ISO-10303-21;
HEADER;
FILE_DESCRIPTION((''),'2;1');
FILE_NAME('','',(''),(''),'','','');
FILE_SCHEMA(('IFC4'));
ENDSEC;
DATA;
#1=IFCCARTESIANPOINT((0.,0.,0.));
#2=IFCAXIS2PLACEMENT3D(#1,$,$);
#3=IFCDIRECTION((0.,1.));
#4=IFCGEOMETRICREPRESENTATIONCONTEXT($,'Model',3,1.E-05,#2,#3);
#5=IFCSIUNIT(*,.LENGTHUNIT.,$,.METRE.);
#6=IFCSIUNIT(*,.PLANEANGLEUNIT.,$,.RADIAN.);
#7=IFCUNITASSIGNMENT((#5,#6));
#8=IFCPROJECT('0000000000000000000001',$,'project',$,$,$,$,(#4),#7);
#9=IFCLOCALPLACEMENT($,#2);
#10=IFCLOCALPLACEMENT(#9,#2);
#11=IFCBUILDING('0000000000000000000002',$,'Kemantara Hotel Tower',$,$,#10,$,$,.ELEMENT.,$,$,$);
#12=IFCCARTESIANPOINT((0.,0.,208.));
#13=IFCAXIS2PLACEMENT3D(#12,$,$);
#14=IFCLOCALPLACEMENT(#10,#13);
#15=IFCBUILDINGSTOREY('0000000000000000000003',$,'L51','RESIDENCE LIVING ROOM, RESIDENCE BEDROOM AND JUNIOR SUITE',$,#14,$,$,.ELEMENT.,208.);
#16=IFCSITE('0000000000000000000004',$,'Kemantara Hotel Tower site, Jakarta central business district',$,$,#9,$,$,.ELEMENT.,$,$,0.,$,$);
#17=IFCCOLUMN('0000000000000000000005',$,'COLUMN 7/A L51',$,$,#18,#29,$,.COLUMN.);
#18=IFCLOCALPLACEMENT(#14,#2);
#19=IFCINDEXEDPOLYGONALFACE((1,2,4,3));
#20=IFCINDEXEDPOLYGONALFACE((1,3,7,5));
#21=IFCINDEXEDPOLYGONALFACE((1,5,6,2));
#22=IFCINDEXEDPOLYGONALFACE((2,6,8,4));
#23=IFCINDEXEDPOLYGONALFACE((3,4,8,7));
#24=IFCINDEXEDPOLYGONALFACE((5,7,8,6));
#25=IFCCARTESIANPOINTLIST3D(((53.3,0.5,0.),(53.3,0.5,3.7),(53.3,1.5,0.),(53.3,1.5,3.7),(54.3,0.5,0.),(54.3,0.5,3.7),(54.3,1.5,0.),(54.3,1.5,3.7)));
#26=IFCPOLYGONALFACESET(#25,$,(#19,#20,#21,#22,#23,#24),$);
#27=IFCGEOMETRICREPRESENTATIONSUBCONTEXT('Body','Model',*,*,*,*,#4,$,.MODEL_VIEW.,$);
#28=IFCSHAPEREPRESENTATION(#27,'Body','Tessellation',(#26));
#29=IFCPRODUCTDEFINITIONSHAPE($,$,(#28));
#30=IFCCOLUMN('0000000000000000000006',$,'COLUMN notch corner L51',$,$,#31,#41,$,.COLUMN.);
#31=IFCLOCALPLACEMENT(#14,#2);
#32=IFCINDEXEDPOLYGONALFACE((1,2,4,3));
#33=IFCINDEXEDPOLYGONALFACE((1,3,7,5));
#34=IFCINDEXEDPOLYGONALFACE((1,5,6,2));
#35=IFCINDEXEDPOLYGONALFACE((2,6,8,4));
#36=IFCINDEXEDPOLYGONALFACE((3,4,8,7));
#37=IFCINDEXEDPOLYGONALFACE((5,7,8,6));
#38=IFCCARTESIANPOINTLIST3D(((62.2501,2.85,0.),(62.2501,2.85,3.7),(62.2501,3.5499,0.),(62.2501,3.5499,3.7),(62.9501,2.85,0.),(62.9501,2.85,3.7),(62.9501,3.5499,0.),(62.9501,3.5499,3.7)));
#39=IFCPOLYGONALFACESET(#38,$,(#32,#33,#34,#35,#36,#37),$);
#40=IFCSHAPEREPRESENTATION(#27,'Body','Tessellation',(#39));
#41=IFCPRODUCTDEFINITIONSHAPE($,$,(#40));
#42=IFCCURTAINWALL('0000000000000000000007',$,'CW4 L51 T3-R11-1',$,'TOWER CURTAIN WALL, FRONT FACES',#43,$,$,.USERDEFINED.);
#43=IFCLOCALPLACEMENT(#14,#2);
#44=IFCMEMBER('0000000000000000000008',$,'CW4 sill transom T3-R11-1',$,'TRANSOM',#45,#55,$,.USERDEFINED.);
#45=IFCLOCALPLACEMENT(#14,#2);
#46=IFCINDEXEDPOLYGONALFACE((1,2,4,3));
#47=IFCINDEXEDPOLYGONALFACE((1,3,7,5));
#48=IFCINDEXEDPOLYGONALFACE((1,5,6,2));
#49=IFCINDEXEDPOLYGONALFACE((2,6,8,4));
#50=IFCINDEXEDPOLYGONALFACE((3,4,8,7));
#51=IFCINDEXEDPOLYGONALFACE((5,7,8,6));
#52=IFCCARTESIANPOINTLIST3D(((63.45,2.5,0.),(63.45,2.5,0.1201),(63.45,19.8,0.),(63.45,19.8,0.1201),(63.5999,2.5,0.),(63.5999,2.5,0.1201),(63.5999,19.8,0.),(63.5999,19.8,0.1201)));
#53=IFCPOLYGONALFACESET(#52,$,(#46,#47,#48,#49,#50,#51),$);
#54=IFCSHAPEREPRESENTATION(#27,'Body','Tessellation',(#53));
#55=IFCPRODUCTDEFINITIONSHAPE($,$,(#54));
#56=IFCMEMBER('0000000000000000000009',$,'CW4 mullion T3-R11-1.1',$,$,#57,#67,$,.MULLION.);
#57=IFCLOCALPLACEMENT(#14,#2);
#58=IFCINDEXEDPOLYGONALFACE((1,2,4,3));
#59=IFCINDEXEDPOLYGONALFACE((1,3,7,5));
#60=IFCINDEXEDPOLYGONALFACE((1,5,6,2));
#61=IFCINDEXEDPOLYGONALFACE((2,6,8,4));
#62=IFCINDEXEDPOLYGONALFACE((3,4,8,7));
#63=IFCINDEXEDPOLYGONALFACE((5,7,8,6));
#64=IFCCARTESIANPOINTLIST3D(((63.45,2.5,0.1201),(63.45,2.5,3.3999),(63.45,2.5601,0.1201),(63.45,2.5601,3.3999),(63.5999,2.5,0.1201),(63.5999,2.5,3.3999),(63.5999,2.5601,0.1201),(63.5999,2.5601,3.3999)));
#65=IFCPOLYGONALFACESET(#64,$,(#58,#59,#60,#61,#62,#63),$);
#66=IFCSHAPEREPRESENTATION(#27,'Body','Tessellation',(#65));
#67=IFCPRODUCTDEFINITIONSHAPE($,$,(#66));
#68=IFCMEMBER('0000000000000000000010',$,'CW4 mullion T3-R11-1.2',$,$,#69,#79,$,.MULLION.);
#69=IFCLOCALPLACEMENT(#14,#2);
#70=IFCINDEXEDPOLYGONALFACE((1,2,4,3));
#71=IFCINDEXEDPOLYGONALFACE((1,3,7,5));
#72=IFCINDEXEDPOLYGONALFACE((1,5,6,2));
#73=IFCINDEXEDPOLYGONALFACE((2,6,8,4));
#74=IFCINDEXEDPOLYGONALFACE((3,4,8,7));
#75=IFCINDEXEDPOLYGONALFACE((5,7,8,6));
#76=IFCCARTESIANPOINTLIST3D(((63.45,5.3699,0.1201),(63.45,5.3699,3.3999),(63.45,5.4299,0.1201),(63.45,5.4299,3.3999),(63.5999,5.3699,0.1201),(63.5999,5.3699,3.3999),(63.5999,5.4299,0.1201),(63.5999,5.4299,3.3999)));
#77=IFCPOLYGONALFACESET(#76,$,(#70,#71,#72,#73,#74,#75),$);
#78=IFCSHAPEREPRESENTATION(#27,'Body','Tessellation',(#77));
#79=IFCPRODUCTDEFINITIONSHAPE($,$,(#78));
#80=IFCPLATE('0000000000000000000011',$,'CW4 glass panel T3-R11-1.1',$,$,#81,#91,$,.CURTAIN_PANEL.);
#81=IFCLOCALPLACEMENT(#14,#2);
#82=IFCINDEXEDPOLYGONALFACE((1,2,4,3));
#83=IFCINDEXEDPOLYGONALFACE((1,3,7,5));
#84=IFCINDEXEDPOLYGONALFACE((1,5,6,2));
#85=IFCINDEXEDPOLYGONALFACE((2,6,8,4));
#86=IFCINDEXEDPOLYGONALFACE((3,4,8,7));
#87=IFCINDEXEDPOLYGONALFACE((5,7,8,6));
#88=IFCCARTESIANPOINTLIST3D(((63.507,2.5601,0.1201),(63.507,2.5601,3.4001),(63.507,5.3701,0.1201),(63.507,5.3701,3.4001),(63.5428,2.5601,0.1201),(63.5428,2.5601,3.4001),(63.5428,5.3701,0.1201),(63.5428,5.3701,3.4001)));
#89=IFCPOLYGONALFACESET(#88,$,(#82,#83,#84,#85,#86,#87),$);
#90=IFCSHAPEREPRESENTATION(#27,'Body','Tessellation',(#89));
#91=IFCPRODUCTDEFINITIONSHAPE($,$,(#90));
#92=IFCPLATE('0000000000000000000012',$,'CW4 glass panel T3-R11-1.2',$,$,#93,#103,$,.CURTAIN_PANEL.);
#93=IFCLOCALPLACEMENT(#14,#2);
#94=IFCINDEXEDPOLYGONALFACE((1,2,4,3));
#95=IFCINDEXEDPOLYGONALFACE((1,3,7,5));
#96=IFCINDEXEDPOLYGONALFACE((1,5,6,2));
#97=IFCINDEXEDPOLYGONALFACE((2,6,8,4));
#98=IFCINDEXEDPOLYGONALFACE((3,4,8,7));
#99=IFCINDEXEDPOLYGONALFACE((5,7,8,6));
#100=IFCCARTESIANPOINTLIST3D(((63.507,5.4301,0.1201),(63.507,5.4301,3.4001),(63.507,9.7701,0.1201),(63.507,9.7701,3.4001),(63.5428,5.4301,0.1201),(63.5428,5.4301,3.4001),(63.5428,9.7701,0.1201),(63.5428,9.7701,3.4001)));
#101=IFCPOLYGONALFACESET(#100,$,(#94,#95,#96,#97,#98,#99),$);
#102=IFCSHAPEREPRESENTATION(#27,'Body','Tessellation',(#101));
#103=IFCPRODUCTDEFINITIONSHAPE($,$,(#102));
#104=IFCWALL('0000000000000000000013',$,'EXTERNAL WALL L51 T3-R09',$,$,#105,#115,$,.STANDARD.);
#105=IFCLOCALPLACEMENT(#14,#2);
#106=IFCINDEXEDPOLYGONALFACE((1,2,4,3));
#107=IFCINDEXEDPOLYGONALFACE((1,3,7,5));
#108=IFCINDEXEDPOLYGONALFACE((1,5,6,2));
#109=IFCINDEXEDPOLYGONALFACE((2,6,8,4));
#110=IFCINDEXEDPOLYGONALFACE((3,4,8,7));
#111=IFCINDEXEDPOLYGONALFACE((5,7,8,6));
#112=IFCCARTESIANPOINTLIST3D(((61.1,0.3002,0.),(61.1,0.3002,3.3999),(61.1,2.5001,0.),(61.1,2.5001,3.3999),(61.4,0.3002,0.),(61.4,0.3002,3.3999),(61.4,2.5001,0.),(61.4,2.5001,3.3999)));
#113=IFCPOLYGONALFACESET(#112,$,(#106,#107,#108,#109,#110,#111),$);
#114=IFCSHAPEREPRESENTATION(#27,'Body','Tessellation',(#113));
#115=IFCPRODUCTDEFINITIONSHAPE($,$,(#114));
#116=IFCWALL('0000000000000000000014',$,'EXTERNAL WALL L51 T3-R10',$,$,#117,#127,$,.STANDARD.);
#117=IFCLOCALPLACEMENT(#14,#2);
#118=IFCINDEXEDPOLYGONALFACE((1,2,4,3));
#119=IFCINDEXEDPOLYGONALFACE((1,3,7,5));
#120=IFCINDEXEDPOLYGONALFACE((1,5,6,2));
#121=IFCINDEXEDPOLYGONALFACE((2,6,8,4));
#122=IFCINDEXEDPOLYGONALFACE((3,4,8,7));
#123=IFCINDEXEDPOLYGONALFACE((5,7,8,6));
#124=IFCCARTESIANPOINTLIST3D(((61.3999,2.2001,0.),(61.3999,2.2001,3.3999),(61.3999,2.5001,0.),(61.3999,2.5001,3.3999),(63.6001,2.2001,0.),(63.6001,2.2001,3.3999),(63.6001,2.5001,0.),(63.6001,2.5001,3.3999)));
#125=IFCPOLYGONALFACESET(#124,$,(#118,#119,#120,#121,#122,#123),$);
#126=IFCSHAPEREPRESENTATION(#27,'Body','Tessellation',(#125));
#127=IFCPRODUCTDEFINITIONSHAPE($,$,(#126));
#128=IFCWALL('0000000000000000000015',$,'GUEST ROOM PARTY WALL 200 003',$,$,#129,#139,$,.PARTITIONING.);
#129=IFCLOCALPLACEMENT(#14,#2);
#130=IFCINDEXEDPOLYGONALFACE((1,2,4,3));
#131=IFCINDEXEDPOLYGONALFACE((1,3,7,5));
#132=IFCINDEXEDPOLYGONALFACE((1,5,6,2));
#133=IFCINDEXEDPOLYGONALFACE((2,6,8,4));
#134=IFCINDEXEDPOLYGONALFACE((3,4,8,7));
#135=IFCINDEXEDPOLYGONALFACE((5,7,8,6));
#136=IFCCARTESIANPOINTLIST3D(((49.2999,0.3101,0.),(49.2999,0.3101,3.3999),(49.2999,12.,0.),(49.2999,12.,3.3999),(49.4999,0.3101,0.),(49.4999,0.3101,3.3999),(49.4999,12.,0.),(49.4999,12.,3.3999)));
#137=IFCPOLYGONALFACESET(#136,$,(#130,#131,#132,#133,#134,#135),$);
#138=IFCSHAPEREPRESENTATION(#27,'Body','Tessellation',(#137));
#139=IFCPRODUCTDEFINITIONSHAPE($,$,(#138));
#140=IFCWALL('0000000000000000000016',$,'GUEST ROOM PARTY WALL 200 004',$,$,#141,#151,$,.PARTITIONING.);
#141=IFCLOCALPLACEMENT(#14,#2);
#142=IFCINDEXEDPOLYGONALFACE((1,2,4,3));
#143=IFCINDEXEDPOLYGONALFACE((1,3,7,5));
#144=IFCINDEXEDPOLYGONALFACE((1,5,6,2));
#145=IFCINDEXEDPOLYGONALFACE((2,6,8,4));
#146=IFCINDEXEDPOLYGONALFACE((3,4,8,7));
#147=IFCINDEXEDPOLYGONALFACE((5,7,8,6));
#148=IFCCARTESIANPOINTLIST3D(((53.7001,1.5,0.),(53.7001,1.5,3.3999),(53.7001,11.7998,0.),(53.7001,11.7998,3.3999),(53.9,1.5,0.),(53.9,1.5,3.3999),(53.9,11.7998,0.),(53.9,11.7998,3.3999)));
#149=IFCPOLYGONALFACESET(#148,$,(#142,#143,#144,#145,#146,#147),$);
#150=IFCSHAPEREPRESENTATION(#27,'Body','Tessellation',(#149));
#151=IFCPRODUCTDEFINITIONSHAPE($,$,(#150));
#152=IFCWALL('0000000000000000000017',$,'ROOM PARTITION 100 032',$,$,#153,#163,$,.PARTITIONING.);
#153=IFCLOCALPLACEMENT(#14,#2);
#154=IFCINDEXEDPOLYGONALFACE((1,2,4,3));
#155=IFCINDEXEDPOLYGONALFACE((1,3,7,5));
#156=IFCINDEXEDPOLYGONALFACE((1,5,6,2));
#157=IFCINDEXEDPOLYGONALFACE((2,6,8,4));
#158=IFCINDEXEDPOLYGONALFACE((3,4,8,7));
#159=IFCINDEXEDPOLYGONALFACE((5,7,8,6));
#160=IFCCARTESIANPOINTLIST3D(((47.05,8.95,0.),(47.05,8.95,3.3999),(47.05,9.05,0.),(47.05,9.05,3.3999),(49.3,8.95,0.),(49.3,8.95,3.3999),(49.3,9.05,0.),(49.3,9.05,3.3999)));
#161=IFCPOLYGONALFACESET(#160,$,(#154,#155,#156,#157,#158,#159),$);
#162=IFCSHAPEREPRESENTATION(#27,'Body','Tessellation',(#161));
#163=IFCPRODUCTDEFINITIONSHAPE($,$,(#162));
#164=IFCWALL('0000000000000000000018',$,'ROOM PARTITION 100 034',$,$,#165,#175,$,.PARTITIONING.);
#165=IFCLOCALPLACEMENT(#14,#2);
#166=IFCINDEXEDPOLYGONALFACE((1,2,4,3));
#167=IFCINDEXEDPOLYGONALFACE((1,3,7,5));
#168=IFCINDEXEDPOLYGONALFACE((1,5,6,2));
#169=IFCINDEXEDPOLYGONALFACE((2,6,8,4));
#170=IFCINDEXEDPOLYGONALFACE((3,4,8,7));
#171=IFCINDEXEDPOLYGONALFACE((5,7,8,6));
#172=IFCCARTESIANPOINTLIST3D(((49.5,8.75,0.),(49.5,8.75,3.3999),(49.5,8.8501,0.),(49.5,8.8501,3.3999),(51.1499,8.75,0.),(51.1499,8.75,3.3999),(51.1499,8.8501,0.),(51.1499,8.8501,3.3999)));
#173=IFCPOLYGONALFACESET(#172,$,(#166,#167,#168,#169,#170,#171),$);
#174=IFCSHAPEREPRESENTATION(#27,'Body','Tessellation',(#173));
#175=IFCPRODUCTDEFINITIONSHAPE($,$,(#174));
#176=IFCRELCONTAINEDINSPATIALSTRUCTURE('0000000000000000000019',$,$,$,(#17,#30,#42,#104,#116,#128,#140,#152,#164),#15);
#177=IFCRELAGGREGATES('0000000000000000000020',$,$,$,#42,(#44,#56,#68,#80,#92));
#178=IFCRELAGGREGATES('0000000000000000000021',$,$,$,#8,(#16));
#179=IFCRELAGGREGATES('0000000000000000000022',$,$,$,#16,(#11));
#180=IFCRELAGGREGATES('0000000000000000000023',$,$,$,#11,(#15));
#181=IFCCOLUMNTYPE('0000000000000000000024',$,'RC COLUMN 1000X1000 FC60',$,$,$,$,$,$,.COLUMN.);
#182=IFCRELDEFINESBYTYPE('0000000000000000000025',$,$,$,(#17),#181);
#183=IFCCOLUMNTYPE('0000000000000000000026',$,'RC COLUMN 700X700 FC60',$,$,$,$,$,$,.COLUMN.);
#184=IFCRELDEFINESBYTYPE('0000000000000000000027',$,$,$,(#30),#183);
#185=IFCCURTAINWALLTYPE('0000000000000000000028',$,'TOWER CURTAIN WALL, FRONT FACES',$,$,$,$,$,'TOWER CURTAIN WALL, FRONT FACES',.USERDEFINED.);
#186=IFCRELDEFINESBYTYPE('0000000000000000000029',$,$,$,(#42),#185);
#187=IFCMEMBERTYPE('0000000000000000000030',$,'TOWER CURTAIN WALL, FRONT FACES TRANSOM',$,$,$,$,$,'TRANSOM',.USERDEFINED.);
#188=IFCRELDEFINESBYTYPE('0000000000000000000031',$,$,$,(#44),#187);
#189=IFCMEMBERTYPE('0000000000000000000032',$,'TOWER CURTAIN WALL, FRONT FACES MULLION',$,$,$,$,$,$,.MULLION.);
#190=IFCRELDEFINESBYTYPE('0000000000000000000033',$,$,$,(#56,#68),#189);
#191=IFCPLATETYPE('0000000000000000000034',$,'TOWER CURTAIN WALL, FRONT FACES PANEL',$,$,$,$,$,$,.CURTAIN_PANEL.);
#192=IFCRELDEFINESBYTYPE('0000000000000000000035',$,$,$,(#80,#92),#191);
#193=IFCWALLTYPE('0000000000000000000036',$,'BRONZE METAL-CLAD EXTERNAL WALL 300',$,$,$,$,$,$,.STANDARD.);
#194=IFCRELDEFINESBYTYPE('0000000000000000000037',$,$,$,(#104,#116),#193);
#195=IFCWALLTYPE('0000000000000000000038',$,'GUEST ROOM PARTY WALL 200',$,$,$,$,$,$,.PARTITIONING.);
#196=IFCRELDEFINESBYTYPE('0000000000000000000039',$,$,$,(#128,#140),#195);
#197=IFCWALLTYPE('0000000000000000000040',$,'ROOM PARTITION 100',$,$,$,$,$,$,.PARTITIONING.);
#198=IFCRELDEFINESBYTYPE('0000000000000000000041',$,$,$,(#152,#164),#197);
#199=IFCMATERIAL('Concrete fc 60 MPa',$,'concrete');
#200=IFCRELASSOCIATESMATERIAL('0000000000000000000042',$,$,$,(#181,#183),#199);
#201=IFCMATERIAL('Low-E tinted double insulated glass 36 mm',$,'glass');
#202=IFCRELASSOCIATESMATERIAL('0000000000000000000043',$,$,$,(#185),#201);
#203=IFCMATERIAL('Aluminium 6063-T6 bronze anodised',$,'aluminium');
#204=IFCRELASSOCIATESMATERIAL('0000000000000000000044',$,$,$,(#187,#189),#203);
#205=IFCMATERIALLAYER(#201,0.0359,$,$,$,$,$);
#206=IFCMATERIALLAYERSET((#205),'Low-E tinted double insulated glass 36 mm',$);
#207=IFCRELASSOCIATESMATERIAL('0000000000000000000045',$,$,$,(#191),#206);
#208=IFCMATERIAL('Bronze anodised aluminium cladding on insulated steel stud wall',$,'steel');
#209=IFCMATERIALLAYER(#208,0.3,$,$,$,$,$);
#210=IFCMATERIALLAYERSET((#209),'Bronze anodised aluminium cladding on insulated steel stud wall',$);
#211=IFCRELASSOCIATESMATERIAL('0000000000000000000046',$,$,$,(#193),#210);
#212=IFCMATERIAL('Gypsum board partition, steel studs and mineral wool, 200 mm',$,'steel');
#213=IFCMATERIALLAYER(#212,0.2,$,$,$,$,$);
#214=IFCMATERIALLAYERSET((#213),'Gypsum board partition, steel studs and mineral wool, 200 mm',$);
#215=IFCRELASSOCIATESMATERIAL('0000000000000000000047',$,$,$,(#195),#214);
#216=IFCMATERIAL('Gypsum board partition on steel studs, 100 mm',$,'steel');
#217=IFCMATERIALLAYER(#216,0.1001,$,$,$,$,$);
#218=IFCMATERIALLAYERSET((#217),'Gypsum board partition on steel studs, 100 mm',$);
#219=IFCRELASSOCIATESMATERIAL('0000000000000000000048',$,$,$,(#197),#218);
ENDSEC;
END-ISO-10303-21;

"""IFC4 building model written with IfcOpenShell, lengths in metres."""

from ifc_helpers import new_model, si_unit, direction, frame, frame_2d, origin, origin_2d, place, context, subcontext, project, spatial, rectangle, extrude, source, transform, mapped, material, layer, layer_set, material_profile, profile_set, type_object, element, aggregate, save


model = new_model("IFC4")

# Units and contexts
model_context = context("Model", 3, precision=1e-05, world=origin(), true_north=direction((0.0, 1.0)))
body_context = subcontext(model_context, "Body", "Model", "MODEL_VIEW")
ifc_project = project(units=[si_unit("LENGTHUNIT", "METRE"), si_unit("PLANEANGLEUNIT", "RADIAN")], contexts=[model_context])

# Site, building, storey
site_placement = place(None, origin())
site = spatial("IfcSite", under=ifc_project, at=site_placement, Name="Kemantara Hotel Tower site, Jakarta central business district", CompositionType="ELEMENT", RefElevation=0.0)
building_placement = place(site_placement, origin())
building = spatial("IfcBuilding", under=site, at=building_placement, Name="Kemantara Hotel Tower", CompositionType="ELEMENT")
storey_placement = place(building_placement, frame((0.0, 0.0, 208.0)))
storey = spatial("IfcBuildingStorey", under=building, at=storey_placement, Name="L51", Description="RESIDENCE LIVING ROOM, RESIDENCE BEDROOM AND JUNIOR SUITE", CompositionType="ELEMENT", Elevation=208.0)

# Columns
ifc_material_1 = material(Name="Concrete fc 60 MPa", Category="concrete")
ifc_material_profile_1 = material_profile(ifc_material_1, rectangle(XDim=1.0, YDim=1.0, at=origin_2d()), Name="RC 1000X1000")
ifc_profile_set_1 = profile_set([ifc_material_profile_1], Name="Concrete fc 60 MPa")
column_type_1 = type_object("IfcColumnType", Name="RC COLUMN 1000X1000 FC60", PredefinedType="COLUMN", material=ifc_profile_set_1)
column_1_placement = place(storey_placement, frame((53.8, 1.0, 0.0), z_axis=(0.0, 0.0, 1.0), x_axis=(1.0, 0.0, 0.0)))
element("IfcColumn", 1, at=column_1_placement, inside=storey, type_object=column_type_1, Name="COLUMN 7/A L51", PredefinedType="COLUMN", context=body_context, shape_type="SweptSolid", body=[
    extrude(rectangle(XDim=1.0, YDim=1.0, at=origin_2d()), origin(), (0.0, 0.0, 1.0), 3.7),
])
ifc_material_profile_2 = material_profile(ifc_material_1, rectangle(XDim=0.7, YDim=0.7, at=origin_2d()), Name="RC 700X700")
ifc_profile_set_2 = profile_set([ifc_material_profile_2], Name="Concrete fc 60 MPa")
column_type_2 = type_object("IfcColumnType", Name="RC COLUMN 700X700 FC60", PredefinedType="COLUMN", material=ifc_profile_set_2)
column_2_placement = place(storey_placement, frame((62.6001, 3.2, 0.0), z_axis=(0.0, 0.0, 1.0), x_axis=(1.0, 0.0, 0.0)))
element("IfcColumn", 2, at=column_2_placement, inside=storey, type_object=column_type_2, Name="COLUMN notch corner L51", PredefinedType="COLUMN", context=body_context, shape_type="SweptSolid", body=[
    extrude(rectangle(XDim=0.7, YDim=0.7, at=origin_2d()), origin(), (0.0, 0.0, 1.0), 3.7),
])

# Curtain wall, members, plates
ifc_material_2 = material(Name="Low-E tinted double insulated glass 36 mm", Category="glass")
curtain_wall_type = type_object("IfcCurtainWallType", Name="TOWER CURTAIN WALL, FRONT FACES", ElementType="TOWER CURTAIN WALL, FRONT FACES", PredefinedType="USERDEFINED", material=ifc_material_2)
curtain_wall_placement = place(storey_placement, origin())
curtain_wall = element("IfcCurtainWall", 3, at=curtain_wall_placement, inside=storey, type_object=curtain_wall_type, Name="CW4 L51 T3-R11-1", ObjectType="TOWER CURTAIN WALL, FRONT FACES", PredefinedType="USERDEFINED")
ifc_material_3 = material(Name="Aluminium 6063-T6 bronze anodised", Category="aluminium")
ifc_material_profile_3 = material_profile(ifc_material_3, rectangle(XDim=0.1499, YDim=0.1201, at=origin_2d()), Name="TOWER CURTAIN WALL, FRONT FACES TRANSOM")
ifc_profile_set_3 = profile_set([ifc_material_profile_3], Name="Aluminium 6063-T6 bronze anodised")
member_type_1 = type_object("IfcMemberType", Name="TOWER CURTAIN WALL, FRONT FACES TRANSOM", ElementType="TRANSOM", PredefinedType="USERDEFINED", material=ifc_profile_set_3)
member_1_placement = place(storey_placement, frame((63.5249, 2.5, 0.0601), z_axis=(0.0, 1.0, 0.0), x_axis=(-1.0, 0.0, 0.0)))
member_1 = element("IfcMember", 4, at=member_1_placement, type_object=member_type_1, Name="CW4 sill transom T3-R11-1", ObjectType="TRANSOM", PredefinedType="USERDEFINED", context=body_context, shape_type="SweptSolid", body=[
    extrude(rectangle(XDim=0.1499, YDim=0.1201, at=origin_2d()), origin(), (0.0, 0.0, 1.0), 17.3),
])
ifc_material_profile_4 = material_profile(ifc_material_3, rectangle(XDim=0.1499, YDim=0.0601, at=origin_2d()), Name="TOWER CURTAIN WALL, FRONT FACES MULLION")
ifc_profile_set_4 = profile_set([ifc_material_profile_4], Name="Aluminium 6063-T6 bronze anodised")
member_type_2 = type_object("IfcMemberType", Name="TOWER CURTAIN WALL, FRONT FACES MULLION", PredefinedType="MULLION", material=ifc_profile_set_4)
shared_shape_1 = source(origin(), body_context, "Body", "SweptSolid", [
    extrude(rectangle(XDim=0.1499, YDim=0.0601, at=origin_2d()), origin(), (0.0, 0.0, 1.0), 3.2798),
])
member_2_placement = place(storey_placement, frame((63.5249, 2.53, 0.1201), z_axis=(0.0, 0.0, 1.0), x_axis=(-1.0, 0.0, 0.0)))
member_2 = element("IfcMember", 5, at=member_2_placement, type_object=member_type_2, Name="CW4 mullion T3-R11-1.1", PredefinedType="MULLION", context=body_context, shape_type="MappedRepresentation", body=[
    mapped(shared_shape_1, transform((0.0, 0.0, 0.0))),
])
member_3_placement = place(storey_placement, frame((63.5249, 5.3999, 0.1201), z_axis=(0.0, 0.0, 1.0), x_axis=(-1.0, 0.0, 0.0)))
member_3 = element("IfcMember", 6, at=member_3_placement, type_object=member_type_2, Name="CW4 mullion T3-R11-1.2", PredefinedType="MULLION", context=body_context, shape_type="MappedRepresentation", body=[
    mapped(shared_shape_1, transform((0.0, 0.0, 0.0))),
])
ifc_layer_1 = layer(ifc_material_2, 0.0359)
ifc_layer_set_1 = layer_set([ifc_layer_1], Name="Low-E tinted double insulated glass 36 mm")
plate_type = type_object("IfcPlateType", Name="TOWER CURTAIN WALL, FRONT FACES PANEL", PredefinedType="CURTAIN_PANEL", material=ifc_layer_set_1)
shared_shape_2 = source(origin(), body_context, "Body", "SweptSolid", [
    extrude(rectangle(XDim=2.8101, YDim=0.0359, at=origin_2d()), origin(), (0.0, 0.0, 1.0), 3.28),
])
plate_1_placement = place(storey_placement, frame((63.5249, 3.9651, 0.1201), z_axis=(0.0, 0.0, 1.0), x_axis=(0.0, 1.0, 0.0)))
plate_1 = element("IfcPlate", 7, at=plate_1_placement, type_object=plate_type, Name="CW4 glass panel T3-R11-1.1", PredefinedType="CURTAIN_PANEL", context=body_context, shape_type="MappedRepresentation", body=[
    mapped(shared_shape_2, transform((0.0, 0.0, 0.0))),
])
shared_shape_3 = source(origin(), body_context, "Body", "SweptSolid", [
    extrude(rectangle(XDim=4.3401, YDim=0.0359, at=origin_2d()), origin(), (0.0, 0.0, 1.0), 3.28),
])
plate_2_placement = place(storey_placement, frame((63.5249, 7.6001, 0.1201), z_axis=(0.0, 0.0, 1.0), x_axis=(0.0, 1.0, 0.0)))
plate_2 = element("IfcPlate", 8, at=plate_2_placement, type_object=plate_type, Name="CW4 glass panel T3-R11-1.2", PredefinedType="CURTAIN_PANEL", context=body_context, shape_type="MappedRepresentation", body=[
    mapped(shared_shape_3, transform((0.0, 0.0, 0.0))),
])
aggregate(curtain_wall, [member_1, member_2, member_3, plate_1, plate_2])

# Walls
ifc_material_4 = material(Name="Bronze anodised aluminium cladding on insulated steel stud wall", Category="steel")
ifc_layer_2 = layer(ifc_material_4, 0.3)
ifc_layer_set_2 = layer_set([ifc_layer_2], Name="Bronze anodised aluminium cladding on insulated steel stud wall")
wall_type_1 = type_object("IfcWallType", Name="BRONZE METAL-CLAD EXTERNAL WALL 300", PredefinedType="STANDARD", material=ifc_layer_set_2)
wall_1_placement = place(storey_placement, frame((61.25, 0.3, 0.0), z_axis=(0.0, 0.0, 1.0), x_axis=(0.0, 1.0, 0.0)))
element("IfcWall", 9, at=wall_1_placement, inside=storey, type_object=wall_type_1, Name="EXTERNAL WALL L51 T3-R09", PredefinedType="STANDARD", context=body_context, shape_type="SweptSolid", body=[
    extrude(rectangle(XDim=2.2, YDim=0.3, at=frame_2d((1.1001, 0.0))), origin(), (0.0, 0.0, 1.0), 3.3999),
])
wall_2_placement = place(storey_placement, frame((61.3999, 2.3501, 0.0), z_axis=(0.0, 0.0, 1.0), x_axis=(1.0, 0.0, 0.0)))
element("IfcWall", 10, at=wall_2_placement, inside=storey, type_object=wall_type_1, Name="EXTERNAL WALL L51 T3-R10", PredefinedType="STANDARD", context=body_context, shape_type="SweptSolid", body=[
    extrude(rectangle(XDim=2.2002, YDim=0.3, at=frame_2d((1.1001, 0.0))), origin(), (0.0, 0.0, 1.0), 3.3999),
])
ifc_material_5 = material(Name="Gypsum board partition, steel studs and mineral wool, 200 mm", Category="steel")
ifc_layer_3 = layer(ifc_material_5, 0.2)
ifc_layer_set_3 = layer_set([ifc_layer_3], Name="Gypsum board partition, steel studs and mineral wool, 200 mm")
wall_type_2 = type_object("IfcWallType", Name="GUEST ROOM PARTY WALL 200", PredefinedType="PARTITIONING", material=ifc_layer_set_3)
wall_3_placement = place(storey_placement, frame((49.3999, 0.3101, 0.0), z_axis=(0.0, 0.0, 1.0), x_axis=(0.0, 1.0, 0.0)))
element("IfcWall", 11, at=wall_3_placement, inside=storey, type_object=wall_type_2, Name="GUEST ROOM PARTY WALL 200 003", PredefinedType="PARTITIONING", context=body_context, shape_type="SweptSolid", body=[
    extrude(rectangle(XDim=11.6899, YDim=0.2, at=frame_2d((5.845, 0.0))), origin(), (0.0, 0.0, 1.0), 3.3999),
])
wall_4_placement = place(storey_placement, frame((53.8, 1.5, 0.0), z_axis=(0.0, 0.0, 1.0), x_axis=(0.0, 1.0, 0.0)))
element("IfcWall", 12, at=wall_4_placement, inside=storey, type_object=wall_type_2, Name="GUEST ROOM PARTY WALL 200 004", PredefinedType="PARTITIONING", context=body_context, shape_type="SweptSolid", body=[
    extrude(rectangle(XDim=10.2998, YDim=0.2, at=frame_2d((5.1499, 0.0))), origin(), (0.0, 0.0, 1.0), 3.3999),
])
ifc_material_6 = material(Name="Gypsum board partition on steel studs, 100 mm", Category="steel")
ifc_layer_4 = layer(ifc_material_6, 0.1001)
ifc_layer_set_4 = layer_set([ifc_layer_4], Name="Gypsum board partition on steel studs, 100 mm")
wall_type_3 = type_object("IfcWallType", Name="ROOM PARTITION 100", PredefinedType="PARTITIONING", material=ifc_layer_set_4)
wall_5_placement = place(storey_placement, frame((47.05, 9.0, 0.0), z_axis=(0.0, 0.0, 1.0), x_axis=(1.0, 0.0, 0.0)))
element("IfcWall", 13, at=wall_5_placement, inside=storey, type_object=wall_type_3, Name="ROOM PARTITION 100 032", PredefinedType="PARTITIONING", context=body_context, shape_type="SweptSolid", body=[
    extrude(rectangle(XDim=2.25, YDim=0.1001, at=frame_2d((1.125, 0.0))), origin(), (0.0, 0.0, 1.0), 3.3999),
])
wall_6_placement = place(storey_placement, frame((49.5, 8.8, 0.0), z_axis=(0.0, 0.0, 1.0), x_axis=(1.0, 0.0, 0.0)))
element("IfcWall", 14, at=wall_6_placement, inside=storey, type_object=wall_type_3, Name="ROOM PARTITION 100 034", PredefinedType="PARTITIONING", context=body_context, shape_type="SweptSolid", body=[
    extrude(rectangle(XDim=1.6499, YDim=0.1001, at=frame_2d((0.825, 0.0))), origin(), (0.0, 0.0, 1.0), 3.3999),
])

save(model, "model.ifc")
